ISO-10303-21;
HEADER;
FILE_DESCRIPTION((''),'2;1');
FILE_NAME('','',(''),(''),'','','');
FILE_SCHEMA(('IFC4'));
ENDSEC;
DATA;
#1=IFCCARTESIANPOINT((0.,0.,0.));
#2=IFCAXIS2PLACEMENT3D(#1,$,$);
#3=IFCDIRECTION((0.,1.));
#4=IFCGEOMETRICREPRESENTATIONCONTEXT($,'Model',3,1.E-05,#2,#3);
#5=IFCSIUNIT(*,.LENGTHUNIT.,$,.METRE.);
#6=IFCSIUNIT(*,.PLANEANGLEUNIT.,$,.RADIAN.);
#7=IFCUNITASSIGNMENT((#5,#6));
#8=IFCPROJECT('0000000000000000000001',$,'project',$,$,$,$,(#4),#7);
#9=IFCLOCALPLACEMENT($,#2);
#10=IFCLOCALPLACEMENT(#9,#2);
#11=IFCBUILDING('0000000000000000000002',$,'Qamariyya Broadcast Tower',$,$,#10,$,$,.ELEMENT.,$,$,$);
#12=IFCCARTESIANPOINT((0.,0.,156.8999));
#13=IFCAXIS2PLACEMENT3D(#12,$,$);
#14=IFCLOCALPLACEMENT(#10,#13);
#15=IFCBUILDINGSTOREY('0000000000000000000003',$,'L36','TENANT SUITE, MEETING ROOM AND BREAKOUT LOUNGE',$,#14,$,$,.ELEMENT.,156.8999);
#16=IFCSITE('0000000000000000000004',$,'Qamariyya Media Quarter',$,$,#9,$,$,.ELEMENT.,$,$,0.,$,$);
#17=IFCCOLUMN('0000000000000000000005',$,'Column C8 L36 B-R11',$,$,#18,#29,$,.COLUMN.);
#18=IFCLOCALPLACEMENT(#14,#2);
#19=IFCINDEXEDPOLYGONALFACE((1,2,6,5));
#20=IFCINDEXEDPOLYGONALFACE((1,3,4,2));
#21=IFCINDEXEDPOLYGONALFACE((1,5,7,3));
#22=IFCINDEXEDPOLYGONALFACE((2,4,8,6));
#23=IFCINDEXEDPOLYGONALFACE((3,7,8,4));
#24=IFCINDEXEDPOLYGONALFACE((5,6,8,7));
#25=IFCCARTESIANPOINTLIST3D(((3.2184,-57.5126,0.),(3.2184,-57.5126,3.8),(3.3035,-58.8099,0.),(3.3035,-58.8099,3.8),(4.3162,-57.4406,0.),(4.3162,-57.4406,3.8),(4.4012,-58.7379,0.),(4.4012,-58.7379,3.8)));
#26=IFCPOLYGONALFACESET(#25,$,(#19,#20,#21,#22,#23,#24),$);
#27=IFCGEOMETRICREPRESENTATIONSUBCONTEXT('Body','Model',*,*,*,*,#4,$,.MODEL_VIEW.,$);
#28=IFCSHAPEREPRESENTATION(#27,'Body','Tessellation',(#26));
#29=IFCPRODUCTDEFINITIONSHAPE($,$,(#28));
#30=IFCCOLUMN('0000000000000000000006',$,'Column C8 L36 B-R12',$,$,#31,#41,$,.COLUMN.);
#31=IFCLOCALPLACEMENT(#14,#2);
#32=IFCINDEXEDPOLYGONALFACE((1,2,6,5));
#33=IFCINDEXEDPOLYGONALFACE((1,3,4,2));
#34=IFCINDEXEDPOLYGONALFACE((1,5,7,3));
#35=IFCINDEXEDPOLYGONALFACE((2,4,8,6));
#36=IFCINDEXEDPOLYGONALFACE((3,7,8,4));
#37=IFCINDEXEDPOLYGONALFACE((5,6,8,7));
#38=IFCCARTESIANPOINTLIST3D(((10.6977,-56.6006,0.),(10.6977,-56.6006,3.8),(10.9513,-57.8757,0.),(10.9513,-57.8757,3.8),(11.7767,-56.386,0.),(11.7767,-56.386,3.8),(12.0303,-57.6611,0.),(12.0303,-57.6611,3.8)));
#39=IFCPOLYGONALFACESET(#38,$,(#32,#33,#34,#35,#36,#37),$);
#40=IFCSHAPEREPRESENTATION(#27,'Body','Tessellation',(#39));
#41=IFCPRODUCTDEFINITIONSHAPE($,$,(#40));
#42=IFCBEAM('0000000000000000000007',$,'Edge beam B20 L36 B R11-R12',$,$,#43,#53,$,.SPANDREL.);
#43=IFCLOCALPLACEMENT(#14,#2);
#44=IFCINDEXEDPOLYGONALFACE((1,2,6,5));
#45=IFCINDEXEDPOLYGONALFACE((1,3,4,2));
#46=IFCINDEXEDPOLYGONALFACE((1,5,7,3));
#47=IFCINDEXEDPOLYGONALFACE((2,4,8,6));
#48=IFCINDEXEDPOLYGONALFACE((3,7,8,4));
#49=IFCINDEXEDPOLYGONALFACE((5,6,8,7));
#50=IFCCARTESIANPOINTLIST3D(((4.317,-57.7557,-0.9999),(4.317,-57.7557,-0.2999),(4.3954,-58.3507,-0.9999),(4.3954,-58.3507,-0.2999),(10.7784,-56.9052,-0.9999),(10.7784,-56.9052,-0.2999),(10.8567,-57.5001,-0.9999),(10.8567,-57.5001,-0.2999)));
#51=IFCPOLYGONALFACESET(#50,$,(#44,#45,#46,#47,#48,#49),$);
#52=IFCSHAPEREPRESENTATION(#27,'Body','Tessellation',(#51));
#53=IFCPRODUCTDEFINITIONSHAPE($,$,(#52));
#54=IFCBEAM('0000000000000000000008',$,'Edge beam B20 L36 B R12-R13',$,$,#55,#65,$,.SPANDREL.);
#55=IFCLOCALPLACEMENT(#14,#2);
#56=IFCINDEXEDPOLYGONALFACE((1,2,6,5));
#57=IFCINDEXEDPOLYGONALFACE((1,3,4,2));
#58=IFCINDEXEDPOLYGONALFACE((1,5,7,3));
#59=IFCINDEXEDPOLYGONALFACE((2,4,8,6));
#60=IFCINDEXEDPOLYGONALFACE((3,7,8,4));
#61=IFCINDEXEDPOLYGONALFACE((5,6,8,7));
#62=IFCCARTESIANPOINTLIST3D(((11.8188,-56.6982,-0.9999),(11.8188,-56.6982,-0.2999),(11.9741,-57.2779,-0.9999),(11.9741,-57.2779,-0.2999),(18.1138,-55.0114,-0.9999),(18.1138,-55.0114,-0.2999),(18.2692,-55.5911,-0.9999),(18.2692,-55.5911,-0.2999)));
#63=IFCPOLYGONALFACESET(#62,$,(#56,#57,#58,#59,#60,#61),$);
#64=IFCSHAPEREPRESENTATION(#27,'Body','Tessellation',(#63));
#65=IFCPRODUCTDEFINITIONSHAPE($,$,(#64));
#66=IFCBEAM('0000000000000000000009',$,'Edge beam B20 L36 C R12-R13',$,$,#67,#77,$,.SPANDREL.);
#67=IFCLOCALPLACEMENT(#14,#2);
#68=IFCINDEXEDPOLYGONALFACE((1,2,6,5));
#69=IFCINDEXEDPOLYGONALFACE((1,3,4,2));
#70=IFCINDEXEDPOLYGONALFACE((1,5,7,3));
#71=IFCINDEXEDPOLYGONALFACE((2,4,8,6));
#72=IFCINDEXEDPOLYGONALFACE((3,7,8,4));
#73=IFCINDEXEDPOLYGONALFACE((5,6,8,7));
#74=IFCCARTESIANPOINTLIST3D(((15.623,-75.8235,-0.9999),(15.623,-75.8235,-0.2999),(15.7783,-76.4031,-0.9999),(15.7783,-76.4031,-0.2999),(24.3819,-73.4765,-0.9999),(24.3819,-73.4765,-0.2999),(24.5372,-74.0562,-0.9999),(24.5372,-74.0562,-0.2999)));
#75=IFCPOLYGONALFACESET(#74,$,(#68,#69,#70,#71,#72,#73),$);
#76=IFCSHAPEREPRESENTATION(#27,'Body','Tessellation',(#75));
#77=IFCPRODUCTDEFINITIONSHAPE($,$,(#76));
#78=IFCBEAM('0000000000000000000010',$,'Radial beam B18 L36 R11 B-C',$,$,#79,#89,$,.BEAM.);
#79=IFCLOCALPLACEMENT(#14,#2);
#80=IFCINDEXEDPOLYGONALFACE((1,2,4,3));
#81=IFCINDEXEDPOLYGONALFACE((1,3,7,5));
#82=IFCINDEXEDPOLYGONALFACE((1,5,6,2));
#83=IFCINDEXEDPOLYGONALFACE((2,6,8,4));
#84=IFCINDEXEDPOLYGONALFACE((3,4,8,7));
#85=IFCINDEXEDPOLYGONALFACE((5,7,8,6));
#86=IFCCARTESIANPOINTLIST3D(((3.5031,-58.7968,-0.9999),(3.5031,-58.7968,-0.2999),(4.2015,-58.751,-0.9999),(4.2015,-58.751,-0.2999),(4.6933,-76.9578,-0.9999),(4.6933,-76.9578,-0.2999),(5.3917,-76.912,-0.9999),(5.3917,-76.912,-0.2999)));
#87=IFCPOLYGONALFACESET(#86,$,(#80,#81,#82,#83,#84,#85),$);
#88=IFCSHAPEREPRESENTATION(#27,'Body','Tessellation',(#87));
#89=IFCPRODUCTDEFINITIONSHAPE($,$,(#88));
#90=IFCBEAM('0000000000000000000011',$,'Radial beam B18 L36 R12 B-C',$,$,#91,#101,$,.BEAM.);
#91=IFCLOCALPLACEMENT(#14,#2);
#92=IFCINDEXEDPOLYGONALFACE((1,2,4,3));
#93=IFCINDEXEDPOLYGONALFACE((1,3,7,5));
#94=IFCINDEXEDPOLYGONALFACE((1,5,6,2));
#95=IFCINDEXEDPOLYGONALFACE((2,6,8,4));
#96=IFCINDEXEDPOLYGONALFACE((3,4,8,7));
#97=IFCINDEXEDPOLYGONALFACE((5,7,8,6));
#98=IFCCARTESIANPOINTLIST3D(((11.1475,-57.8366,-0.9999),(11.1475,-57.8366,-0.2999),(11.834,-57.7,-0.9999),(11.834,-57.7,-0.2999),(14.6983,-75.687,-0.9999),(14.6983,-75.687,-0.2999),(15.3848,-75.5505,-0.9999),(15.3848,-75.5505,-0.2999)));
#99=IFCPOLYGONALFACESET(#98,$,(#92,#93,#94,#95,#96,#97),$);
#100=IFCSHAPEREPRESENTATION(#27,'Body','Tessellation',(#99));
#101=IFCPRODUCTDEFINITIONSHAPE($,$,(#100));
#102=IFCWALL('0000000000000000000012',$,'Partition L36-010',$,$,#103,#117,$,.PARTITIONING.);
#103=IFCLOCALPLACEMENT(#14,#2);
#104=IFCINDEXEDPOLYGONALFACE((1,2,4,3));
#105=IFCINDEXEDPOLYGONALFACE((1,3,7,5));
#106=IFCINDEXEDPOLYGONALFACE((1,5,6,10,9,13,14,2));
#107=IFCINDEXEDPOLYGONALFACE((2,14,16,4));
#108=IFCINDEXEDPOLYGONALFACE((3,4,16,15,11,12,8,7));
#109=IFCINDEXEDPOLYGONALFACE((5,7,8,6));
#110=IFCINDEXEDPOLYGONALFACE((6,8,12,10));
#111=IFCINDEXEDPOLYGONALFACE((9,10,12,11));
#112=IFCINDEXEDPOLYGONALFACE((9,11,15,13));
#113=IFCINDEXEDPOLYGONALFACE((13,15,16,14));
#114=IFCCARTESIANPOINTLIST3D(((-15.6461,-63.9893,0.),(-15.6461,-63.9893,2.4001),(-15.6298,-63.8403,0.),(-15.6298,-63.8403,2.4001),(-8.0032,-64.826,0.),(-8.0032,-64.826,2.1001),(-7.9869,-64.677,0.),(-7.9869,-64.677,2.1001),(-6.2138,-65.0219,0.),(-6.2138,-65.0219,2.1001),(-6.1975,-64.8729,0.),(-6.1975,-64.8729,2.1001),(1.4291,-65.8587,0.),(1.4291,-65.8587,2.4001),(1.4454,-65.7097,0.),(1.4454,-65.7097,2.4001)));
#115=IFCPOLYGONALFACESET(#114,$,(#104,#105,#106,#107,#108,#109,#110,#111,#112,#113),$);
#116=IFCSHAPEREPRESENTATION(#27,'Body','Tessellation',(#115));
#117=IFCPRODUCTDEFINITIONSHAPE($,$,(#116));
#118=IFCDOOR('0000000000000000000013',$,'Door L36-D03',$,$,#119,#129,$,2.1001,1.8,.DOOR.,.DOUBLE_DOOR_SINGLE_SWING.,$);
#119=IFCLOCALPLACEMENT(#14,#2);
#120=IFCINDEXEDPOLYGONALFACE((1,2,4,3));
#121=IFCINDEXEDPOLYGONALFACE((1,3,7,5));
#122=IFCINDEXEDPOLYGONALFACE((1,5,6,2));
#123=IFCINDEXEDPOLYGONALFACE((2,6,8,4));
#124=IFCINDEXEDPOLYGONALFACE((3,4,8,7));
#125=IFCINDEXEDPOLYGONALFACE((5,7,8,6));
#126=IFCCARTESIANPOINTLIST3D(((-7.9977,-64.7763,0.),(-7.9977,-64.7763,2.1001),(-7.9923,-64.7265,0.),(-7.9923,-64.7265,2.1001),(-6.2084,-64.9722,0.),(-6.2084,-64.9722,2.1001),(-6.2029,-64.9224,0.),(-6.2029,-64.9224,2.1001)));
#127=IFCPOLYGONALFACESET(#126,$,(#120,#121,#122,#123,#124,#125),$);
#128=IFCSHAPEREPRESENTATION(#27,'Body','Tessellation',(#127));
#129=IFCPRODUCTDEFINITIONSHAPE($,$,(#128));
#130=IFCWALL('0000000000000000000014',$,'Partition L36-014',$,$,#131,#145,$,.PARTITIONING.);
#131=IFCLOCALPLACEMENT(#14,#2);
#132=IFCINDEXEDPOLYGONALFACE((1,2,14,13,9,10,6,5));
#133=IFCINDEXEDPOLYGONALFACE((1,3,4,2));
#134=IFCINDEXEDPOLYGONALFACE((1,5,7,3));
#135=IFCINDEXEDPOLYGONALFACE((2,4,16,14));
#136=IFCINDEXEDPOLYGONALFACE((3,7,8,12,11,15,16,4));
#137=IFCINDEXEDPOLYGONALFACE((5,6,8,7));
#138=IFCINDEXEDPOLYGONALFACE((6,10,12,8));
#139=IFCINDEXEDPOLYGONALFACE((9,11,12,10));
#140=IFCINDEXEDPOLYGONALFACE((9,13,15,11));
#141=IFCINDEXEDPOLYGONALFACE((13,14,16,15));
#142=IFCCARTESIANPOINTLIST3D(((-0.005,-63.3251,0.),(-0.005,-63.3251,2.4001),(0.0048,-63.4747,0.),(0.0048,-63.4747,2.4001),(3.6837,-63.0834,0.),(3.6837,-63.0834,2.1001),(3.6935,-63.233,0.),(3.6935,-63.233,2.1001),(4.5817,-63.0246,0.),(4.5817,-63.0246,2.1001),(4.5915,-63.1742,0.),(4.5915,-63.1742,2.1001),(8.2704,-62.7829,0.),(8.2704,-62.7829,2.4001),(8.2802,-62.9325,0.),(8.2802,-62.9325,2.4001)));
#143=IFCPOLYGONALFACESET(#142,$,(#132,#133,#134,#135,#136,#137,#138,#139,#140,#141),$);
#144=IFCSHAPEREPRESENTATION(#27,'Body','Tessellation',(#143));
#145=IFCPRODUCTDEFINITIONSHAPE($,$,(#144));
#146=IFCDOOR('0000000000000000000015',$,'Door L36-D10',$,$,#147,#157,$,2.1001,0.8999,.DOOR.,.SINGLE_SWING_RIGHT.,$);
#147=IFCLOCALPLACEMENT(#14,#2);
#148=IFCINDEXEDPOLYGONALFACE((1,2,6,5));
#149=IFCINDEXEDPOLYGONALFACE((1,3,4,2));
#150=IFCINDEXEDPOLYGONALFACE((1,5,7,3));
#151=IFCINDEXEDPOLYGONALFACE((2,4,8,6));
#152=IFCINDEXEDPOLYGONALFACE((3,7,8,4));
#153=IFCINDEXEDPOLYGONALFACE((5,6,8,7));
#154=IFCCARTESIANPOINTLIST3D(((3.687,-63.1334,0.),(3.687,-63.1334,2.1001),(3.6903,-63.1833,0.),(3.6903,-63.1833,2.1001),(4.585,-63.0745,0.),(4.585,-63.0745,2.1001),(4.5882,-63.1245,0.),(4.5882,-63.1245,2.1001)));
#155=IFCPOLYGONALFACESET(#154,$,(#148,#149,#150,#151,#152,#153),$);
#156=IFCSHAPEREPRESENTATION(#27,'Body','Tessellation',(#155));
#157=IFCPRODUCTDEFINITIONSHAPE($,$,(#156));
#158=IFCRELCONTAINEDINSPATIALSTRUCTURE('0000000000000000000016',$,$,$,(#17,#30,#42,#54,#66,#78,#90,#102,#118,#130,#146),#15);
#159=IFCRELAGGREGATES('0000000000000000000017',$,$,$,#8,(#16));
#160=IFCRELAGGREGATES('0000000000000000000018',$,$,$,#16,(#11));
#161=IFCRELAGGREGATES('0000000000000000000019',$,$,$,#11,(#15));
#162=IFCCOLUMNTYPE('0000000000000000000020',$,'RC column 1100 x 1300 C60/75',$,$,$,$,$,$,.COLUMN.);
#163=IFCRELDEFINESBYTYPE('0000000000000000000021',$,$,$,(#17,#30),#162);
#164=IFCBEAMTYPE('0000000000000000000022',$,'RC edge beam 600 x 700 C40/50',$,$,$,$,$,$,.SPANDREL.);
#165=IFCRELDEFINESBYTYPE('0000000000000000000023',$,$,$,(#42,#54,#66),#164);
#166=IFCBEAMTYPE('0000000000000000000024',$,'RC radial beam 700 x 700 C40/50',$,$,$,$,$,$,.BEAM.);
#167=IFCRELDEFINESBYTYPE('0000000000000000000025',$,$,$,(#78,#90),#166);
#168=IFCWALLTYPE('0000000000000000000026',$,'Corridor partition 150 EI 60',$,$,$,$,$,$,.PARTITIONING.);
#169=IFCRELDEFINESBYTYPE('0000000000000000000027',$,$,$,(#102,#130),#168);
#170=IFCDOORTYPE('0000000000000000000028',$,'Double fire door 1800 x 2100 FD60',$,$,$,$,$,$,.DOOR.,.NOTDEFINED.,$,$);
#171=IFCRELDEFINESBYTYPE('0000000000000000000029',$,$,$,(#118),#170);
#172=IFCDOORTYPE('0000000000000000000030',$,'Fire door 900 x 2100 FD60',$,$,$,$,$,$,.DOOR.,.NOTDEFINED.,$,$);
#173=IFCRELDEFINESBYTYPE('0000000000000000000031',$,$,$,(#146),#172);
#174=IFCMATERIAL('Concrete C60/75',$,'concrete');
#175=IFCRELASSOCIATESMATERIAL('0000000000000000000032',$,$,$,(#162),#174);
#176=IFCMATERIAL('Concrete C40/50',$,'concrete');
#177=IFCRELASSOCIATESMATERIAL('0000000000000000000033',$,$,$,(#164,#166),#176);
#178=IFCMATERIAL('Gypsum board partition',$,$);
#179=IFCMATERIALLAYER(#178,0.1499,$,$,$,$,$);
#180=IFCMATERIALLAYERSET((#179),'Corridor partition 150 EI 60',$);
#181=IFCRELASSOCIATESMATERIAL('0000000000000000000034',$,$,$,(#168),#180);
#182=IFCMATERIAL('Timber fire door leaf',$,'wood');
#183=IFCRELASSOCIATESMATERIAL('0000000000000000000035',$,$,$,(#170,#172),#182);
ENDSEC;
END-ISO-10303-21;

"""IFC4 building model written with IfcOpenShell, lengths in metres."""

from ifc_helpers import new_model, si_unit, direction, frame, frame_2d, origin, origin_2d, place, context, subcontext, project, spatial, rectangle, extrude, material, layer, layer_set, material_profile, profile_set, type_object, element, fill, save


model = new_model("IFC4")

# Units and contexts
model_context = context("Model", 3, precision=1e-05, world=origin(), true_north=direction((0.0, 1.0)))
body_context = subcontext(model_context, "Body", "Model", "MODEL_VIEW")
ifc_project = project(units=[si_unit("LENGTHUNIT", "METRE"), si_unit("PLANEANGLEUNIT", "RADIAN")], contexts=[model_context])

# Site, building, storey
site_placement = place(None, origin())
site = spatial("IfcSite", under=ifc_project, at=site_placement, Name="Qamariyya Media Quarter", CompositionType="ELEMENT", RefElevation=0.0)
building_placement = place(site_placement, origin())
building = spatial("IfcBuilding", under=site, at=building_placement, Name="Qamariyya Broadcast Tower", CompositionType="ELEMENT")
storey_placement = place(building_placement, frame((0.0, 0.0, 156.8999)))
storey = spatial("IfcBuildingStorey", under=building, at=storey_placement, Name="L36", Description="TENANT SUITE, MEETING ROOM AND BREAKOUT LOUNGE", CompositionType="ELEMENT", Elevation=156.8999)

# Columns
ifc_material_1 = material(Name="Concrete C60/75", Category="concrete")
ifc_material_profile_1 = material_profile(ifc_material_1, rectangle(XDim=1.1001, YDim=1.3, at=origin_2d()))
ifc_profile_set_1 = profile_set([ifc_material_profile_1], Name="Concrete C60/75")
column_type = type_object("IfcColumnType", Name="RC column 1100 x 1300 C60/75", PredefinedType="COLUMN", material=ifc_profile_set_1)
for number, where, z_axis, x_axis, name in (
    (1, (3.8098, -58.1252, 0.0), (0.0, 0.0, 1.0), (0.997859, 0.065403, 0.0), "Column C8 L36 B-R11"),
    (2, (11.364, -57.1309, 0.0), (0.0, 0.0, 1.0), (0.980785, 0.19509, 0.0), "Column C8 L36 B-R12"),
):
    element("IfcColumn", number, at=place(storey_placement, frame(where, z_axis=z_axis, x_axis=x_axis)), inside=storey, type_object=column_type, Name=name, PredefinedType="COLUMN", context=body_context, shape_type="SweptSolid", body=[
        extrude(rectangle(XDim=1.1001, YDim=1.3, at=origin_2d()), origin(), (0.0, 0.0, 1.0), 3.8),
    ])

# Beams
ifc_material_2 = material(Name="Concrete C40/50", Category="concrete")
ifc_material_profile_2 = material_profile(ifc_material_2, rectangle(XDim=0.6001, YDim=0.7, at=origin_2d()))
ifc_profile_set_2 = profile_set([ifc_material_profile_2], Name="Concrete C40/50")
beam_type_1 = type_object("IfcBeamType", Name="RC edge beam 600 x 700 C40/50", PredefinedType="SPANDREL", material=ifc_profile_set_2)
for number, where, z_axis, x_axis, name in (
    (3, (4.3562, -58.0532, -0.6499), (0.991446, 0.130515, 0.0), (-0.130515, 0.991446, 0.0), "Edge beam B20 L36 B R11-R12"),
    (4, (11.8965, -56.988, -0.6499), (0.965924, 0.258826, 0.0), (-0.258826, 0.965924, 0.0), "Edge beam B20 L36 B R12-R13"),
):
    element("IfcBeam", number, at=place(storey_placement, frame(where, z_axis=z_axis, x_axis=x_axis)), inside=storey, type_object=beam_type_1, Name=name, PredefinedType="SPANDREL", context=body_context, shape_type="SweptSolid", body=[
        extrude(rectangle(XDim=0.6001, YDim=0.7, at=origin_2d()), origin(), (0.0, 0.0, 1.0), 6.5171),
    ])
beam_1_placement = place(storey_placement, frame((15.7007, -76.1133, -0.6499), z_axis=(0.965925, 0.25882, 0.0), x_axis=(-0.25882, 0.965925, 0.0)))
element("IfcBeam", 5, at=beam_1_placement, inside=storey, type_object=beam_type_1, Name="Edge beam B20 L36 C R12-R13", PredefinedType="SPANDREL", context=body_context, shape_type="SweptSolid", body=[
    extrude(rectangle(XDim=0.6001, YDim=0.7, at=origin_2d()), origin(), (0.0, 0.0, 1.0), 9.0679),
])
ifc_material_profile_3 = material_profile(ifc_material_2, rectangle(XDim=0.7, YDim=0.7, at=origin_2d()))
ifc_profile_set_3 = profile_set([ifc_material_profile_3], Name="Concrete C40/50")
beam_type_2 = type_object("IfcBeamType", Name="RC radial beam 700 x 700 C40/50", PredefinedType="BEAM", material=ifc_profile_set_3)
beam_2_placement = place(storey_placement, frame((3.8523, -58.7739, -0.6499), z_axis=(0.065395, -0.997859, 0.0), x_axis=(0.997859, 0.065395, 0.0)))
element("IfcBeam", 6, at=beam_2_placement, inside=storey, type_object=beam_type_2, Name="Radial beam B18 L36 R11 B-C", PredefinedType="BEAM", context=body_context, shape_type="SweptSolid", body=[
    extrude(rectangle(XDim=0.7, YDim=0.7, at=origin_2d()), origin(), (0.0, 0.0, 1.0), 18.2),
])
beam_3_placement = place(storey_placement, frame((11.4907, -57.7683, -0.6499), z_axis=(0.195097, -0.980784, 0.0), x_axis=(0.980784, 0.195097, 0.0)))
element("IfcBeam", 7, at=beam_3_placement, inside=storey, type_object=beam_type_2, Name="Radial beam B18 L36 R12 B-C", PredefinedType="BEAM", context=body_context, shape_type="SweptSolid", body=[
    extrude(rectangle(XDim=0.7, YDim=0.7, at=origin_2d()), origin(), (0.0, 0.0, 1.0), 18.2002),
])

# Walls, openings, doors
ifc_material_3 = material(Name="Gypsum board partition")
ifc_layer_1 = layer(ifc_material_3, 0.1499)
ifc_layer_set_1 = layer_set([ifc_layer_1], Name="Corridor partition 150 EI 60")
wall_type_1 = type_object("IfcWallType", Name="Corridor partition 150 EI 60", PredefinedType="PARTITIONING", material=ifc_layer_set_1)
wall_1_placement = place(storey_placement, frame((1.4373, -65.7842, 0.0), z_axis=(0.0, 0.0, 1.0), x_axis=(-0.99406, 0.108829, 0.0)))
wall_1 = element("IfcWall", 8, at=wall_1_placement, inside=storey, type_object=wall_type_1, Name="Partition L36-010", PredefinedType="PARTITIONING", context=body_context, shape_type="SweptSolid", body=[
    extrude(rectangle(XDim=17.1772, YDim=0.1499, at=frame_2d((8.5886, 0.0))), origin(), (0.0, 0.0, 1.0), 2.4001),
])
opening_1_placement = place(wall_1_placement, frame((7.6887, 0.0, 0.0)))
opening_1 = element("IfcOpeningElement", 9, at=opening_1_placement, cuts=wall_1, PredefinedType="OPENING", context=body_context, shape_type="SweptSolid", body=[
    extrude(rectangle(XDim=1.8, YDim=2.1001, at=frame_2d((0.8999, 1.05))), frame((0.0, 0.085, 0.0), z_axis=(0.0, -1.0, 0.0), x_axis=(1.0, 0.0, 0.0)), (0.0, 0.0, 1.0), 0.1699),
])
ifc_material_4 = material(Name="Timber fire door leaf", Category="wood")
door_type_1 = type_object("IfcDoorType", Name="Double fire door 1800 x 2100 FD60", OperationType="NOTDEFINED", PredefinedType="DOOR", material=ifc_material_4)
door_1_placement = place(opening_1_placement, origin())
door_1 = element("IfcDoor", 10, at=door_1_placement, inside=storey, type_object=door_type_1, Name="Door L36-D03", OperationType="DOUBLE_DOOR_SINGLE_SWING", OverallHeight=2.1001, OverallWidth=1.8, PredefinedType="DOOR", context=body_context, shape_type="SweptSolid", body=[
    extrude(rectangle(XDim=1.8, YDim=2.1001, at=frame_2d((0.8999, 1.05))), frame((0.0, 0.0249, 0.0), z_axis=(0.0, -1.0, 0.0), x_axis=(1.0, 0.0, 0.0)), (0.0, 0.0, 1.0), 0.05),
])
fill(opening_1, door_1)
wall_2_placement = place(storey_placement, frame((0.0, -63.3999, 0.0), z_axis=(0.0, 0.0, 1.0), x_axis=(0.99786, 0.065384, 0.0)))
wall_2 = element("IfcWall", 11, at=wall_2_placement, inside=storey, type_object=wall_type_1, Name="Partition L36-014", PredefinedType="PARTITIONING", context=body_context, shape_type="SweptSolid", body=[
    extrude(rectangle(XDim=8.2932, YDim=0.1499, at=frame_2d((4.1465, 0.0))), origin(), (0.0, 0.0, 1.0), 2.4001),
])
opening_2_placement = place(wall_2_placement, frame((3.6965, 0.0, 0.0)))
opening_2 = element("IfcOpeningElement", 12, at=opening_2_placement, cuts=wall_2, PredefinedType="OPENING", context=body_context, shape_type="SweptSolid", body=[
    extrude(rectangle(XDim=0.8999, YDim=2.1001, at=frame_2d((0.45, 1.05))), frame((0.0, 0.085, 0.0), z_axis=(0.0, -1.0, 0.0), x_axis=(1.0, 0.0, 0.0)), (0.0, 0.0, 1.0), 0.1699),
])
door_type_2 = type_object("IfcDoorType", Name="Fire door 900 x 2100 FD60", OperationType="NOTDEFINED", PredefinedType="DOOR", material=ifc_material_4)
door_2_placement = place(opening_2_placement, origin())
door_2 = element("IfcDoor", 13, at=door_2_placement, inside=storey, type_object=door_type_2, Name="Door L36-D10", OperationType="SINGLE_SWING_RIGHT", OverallHeight=2.1001, OverallWidth=0.8999, PredefinedType="DOOR", context=body_context, shape_type="SweptSolid", body=[
    extrude(rectangle(XDim=0.8999, YDim=2.1001, at=frame_2d((0.45, 1.05))), frame((0.0, 0.0249, 0.0), z_axis=(0.0, -1.0, 0.0), x_axis=(1.0, 0.0, 0.0)), (0.0, 0.0, 1.0), 0.05),
])
fill(opening_2, door_2)

save(model, "model.ifc")
